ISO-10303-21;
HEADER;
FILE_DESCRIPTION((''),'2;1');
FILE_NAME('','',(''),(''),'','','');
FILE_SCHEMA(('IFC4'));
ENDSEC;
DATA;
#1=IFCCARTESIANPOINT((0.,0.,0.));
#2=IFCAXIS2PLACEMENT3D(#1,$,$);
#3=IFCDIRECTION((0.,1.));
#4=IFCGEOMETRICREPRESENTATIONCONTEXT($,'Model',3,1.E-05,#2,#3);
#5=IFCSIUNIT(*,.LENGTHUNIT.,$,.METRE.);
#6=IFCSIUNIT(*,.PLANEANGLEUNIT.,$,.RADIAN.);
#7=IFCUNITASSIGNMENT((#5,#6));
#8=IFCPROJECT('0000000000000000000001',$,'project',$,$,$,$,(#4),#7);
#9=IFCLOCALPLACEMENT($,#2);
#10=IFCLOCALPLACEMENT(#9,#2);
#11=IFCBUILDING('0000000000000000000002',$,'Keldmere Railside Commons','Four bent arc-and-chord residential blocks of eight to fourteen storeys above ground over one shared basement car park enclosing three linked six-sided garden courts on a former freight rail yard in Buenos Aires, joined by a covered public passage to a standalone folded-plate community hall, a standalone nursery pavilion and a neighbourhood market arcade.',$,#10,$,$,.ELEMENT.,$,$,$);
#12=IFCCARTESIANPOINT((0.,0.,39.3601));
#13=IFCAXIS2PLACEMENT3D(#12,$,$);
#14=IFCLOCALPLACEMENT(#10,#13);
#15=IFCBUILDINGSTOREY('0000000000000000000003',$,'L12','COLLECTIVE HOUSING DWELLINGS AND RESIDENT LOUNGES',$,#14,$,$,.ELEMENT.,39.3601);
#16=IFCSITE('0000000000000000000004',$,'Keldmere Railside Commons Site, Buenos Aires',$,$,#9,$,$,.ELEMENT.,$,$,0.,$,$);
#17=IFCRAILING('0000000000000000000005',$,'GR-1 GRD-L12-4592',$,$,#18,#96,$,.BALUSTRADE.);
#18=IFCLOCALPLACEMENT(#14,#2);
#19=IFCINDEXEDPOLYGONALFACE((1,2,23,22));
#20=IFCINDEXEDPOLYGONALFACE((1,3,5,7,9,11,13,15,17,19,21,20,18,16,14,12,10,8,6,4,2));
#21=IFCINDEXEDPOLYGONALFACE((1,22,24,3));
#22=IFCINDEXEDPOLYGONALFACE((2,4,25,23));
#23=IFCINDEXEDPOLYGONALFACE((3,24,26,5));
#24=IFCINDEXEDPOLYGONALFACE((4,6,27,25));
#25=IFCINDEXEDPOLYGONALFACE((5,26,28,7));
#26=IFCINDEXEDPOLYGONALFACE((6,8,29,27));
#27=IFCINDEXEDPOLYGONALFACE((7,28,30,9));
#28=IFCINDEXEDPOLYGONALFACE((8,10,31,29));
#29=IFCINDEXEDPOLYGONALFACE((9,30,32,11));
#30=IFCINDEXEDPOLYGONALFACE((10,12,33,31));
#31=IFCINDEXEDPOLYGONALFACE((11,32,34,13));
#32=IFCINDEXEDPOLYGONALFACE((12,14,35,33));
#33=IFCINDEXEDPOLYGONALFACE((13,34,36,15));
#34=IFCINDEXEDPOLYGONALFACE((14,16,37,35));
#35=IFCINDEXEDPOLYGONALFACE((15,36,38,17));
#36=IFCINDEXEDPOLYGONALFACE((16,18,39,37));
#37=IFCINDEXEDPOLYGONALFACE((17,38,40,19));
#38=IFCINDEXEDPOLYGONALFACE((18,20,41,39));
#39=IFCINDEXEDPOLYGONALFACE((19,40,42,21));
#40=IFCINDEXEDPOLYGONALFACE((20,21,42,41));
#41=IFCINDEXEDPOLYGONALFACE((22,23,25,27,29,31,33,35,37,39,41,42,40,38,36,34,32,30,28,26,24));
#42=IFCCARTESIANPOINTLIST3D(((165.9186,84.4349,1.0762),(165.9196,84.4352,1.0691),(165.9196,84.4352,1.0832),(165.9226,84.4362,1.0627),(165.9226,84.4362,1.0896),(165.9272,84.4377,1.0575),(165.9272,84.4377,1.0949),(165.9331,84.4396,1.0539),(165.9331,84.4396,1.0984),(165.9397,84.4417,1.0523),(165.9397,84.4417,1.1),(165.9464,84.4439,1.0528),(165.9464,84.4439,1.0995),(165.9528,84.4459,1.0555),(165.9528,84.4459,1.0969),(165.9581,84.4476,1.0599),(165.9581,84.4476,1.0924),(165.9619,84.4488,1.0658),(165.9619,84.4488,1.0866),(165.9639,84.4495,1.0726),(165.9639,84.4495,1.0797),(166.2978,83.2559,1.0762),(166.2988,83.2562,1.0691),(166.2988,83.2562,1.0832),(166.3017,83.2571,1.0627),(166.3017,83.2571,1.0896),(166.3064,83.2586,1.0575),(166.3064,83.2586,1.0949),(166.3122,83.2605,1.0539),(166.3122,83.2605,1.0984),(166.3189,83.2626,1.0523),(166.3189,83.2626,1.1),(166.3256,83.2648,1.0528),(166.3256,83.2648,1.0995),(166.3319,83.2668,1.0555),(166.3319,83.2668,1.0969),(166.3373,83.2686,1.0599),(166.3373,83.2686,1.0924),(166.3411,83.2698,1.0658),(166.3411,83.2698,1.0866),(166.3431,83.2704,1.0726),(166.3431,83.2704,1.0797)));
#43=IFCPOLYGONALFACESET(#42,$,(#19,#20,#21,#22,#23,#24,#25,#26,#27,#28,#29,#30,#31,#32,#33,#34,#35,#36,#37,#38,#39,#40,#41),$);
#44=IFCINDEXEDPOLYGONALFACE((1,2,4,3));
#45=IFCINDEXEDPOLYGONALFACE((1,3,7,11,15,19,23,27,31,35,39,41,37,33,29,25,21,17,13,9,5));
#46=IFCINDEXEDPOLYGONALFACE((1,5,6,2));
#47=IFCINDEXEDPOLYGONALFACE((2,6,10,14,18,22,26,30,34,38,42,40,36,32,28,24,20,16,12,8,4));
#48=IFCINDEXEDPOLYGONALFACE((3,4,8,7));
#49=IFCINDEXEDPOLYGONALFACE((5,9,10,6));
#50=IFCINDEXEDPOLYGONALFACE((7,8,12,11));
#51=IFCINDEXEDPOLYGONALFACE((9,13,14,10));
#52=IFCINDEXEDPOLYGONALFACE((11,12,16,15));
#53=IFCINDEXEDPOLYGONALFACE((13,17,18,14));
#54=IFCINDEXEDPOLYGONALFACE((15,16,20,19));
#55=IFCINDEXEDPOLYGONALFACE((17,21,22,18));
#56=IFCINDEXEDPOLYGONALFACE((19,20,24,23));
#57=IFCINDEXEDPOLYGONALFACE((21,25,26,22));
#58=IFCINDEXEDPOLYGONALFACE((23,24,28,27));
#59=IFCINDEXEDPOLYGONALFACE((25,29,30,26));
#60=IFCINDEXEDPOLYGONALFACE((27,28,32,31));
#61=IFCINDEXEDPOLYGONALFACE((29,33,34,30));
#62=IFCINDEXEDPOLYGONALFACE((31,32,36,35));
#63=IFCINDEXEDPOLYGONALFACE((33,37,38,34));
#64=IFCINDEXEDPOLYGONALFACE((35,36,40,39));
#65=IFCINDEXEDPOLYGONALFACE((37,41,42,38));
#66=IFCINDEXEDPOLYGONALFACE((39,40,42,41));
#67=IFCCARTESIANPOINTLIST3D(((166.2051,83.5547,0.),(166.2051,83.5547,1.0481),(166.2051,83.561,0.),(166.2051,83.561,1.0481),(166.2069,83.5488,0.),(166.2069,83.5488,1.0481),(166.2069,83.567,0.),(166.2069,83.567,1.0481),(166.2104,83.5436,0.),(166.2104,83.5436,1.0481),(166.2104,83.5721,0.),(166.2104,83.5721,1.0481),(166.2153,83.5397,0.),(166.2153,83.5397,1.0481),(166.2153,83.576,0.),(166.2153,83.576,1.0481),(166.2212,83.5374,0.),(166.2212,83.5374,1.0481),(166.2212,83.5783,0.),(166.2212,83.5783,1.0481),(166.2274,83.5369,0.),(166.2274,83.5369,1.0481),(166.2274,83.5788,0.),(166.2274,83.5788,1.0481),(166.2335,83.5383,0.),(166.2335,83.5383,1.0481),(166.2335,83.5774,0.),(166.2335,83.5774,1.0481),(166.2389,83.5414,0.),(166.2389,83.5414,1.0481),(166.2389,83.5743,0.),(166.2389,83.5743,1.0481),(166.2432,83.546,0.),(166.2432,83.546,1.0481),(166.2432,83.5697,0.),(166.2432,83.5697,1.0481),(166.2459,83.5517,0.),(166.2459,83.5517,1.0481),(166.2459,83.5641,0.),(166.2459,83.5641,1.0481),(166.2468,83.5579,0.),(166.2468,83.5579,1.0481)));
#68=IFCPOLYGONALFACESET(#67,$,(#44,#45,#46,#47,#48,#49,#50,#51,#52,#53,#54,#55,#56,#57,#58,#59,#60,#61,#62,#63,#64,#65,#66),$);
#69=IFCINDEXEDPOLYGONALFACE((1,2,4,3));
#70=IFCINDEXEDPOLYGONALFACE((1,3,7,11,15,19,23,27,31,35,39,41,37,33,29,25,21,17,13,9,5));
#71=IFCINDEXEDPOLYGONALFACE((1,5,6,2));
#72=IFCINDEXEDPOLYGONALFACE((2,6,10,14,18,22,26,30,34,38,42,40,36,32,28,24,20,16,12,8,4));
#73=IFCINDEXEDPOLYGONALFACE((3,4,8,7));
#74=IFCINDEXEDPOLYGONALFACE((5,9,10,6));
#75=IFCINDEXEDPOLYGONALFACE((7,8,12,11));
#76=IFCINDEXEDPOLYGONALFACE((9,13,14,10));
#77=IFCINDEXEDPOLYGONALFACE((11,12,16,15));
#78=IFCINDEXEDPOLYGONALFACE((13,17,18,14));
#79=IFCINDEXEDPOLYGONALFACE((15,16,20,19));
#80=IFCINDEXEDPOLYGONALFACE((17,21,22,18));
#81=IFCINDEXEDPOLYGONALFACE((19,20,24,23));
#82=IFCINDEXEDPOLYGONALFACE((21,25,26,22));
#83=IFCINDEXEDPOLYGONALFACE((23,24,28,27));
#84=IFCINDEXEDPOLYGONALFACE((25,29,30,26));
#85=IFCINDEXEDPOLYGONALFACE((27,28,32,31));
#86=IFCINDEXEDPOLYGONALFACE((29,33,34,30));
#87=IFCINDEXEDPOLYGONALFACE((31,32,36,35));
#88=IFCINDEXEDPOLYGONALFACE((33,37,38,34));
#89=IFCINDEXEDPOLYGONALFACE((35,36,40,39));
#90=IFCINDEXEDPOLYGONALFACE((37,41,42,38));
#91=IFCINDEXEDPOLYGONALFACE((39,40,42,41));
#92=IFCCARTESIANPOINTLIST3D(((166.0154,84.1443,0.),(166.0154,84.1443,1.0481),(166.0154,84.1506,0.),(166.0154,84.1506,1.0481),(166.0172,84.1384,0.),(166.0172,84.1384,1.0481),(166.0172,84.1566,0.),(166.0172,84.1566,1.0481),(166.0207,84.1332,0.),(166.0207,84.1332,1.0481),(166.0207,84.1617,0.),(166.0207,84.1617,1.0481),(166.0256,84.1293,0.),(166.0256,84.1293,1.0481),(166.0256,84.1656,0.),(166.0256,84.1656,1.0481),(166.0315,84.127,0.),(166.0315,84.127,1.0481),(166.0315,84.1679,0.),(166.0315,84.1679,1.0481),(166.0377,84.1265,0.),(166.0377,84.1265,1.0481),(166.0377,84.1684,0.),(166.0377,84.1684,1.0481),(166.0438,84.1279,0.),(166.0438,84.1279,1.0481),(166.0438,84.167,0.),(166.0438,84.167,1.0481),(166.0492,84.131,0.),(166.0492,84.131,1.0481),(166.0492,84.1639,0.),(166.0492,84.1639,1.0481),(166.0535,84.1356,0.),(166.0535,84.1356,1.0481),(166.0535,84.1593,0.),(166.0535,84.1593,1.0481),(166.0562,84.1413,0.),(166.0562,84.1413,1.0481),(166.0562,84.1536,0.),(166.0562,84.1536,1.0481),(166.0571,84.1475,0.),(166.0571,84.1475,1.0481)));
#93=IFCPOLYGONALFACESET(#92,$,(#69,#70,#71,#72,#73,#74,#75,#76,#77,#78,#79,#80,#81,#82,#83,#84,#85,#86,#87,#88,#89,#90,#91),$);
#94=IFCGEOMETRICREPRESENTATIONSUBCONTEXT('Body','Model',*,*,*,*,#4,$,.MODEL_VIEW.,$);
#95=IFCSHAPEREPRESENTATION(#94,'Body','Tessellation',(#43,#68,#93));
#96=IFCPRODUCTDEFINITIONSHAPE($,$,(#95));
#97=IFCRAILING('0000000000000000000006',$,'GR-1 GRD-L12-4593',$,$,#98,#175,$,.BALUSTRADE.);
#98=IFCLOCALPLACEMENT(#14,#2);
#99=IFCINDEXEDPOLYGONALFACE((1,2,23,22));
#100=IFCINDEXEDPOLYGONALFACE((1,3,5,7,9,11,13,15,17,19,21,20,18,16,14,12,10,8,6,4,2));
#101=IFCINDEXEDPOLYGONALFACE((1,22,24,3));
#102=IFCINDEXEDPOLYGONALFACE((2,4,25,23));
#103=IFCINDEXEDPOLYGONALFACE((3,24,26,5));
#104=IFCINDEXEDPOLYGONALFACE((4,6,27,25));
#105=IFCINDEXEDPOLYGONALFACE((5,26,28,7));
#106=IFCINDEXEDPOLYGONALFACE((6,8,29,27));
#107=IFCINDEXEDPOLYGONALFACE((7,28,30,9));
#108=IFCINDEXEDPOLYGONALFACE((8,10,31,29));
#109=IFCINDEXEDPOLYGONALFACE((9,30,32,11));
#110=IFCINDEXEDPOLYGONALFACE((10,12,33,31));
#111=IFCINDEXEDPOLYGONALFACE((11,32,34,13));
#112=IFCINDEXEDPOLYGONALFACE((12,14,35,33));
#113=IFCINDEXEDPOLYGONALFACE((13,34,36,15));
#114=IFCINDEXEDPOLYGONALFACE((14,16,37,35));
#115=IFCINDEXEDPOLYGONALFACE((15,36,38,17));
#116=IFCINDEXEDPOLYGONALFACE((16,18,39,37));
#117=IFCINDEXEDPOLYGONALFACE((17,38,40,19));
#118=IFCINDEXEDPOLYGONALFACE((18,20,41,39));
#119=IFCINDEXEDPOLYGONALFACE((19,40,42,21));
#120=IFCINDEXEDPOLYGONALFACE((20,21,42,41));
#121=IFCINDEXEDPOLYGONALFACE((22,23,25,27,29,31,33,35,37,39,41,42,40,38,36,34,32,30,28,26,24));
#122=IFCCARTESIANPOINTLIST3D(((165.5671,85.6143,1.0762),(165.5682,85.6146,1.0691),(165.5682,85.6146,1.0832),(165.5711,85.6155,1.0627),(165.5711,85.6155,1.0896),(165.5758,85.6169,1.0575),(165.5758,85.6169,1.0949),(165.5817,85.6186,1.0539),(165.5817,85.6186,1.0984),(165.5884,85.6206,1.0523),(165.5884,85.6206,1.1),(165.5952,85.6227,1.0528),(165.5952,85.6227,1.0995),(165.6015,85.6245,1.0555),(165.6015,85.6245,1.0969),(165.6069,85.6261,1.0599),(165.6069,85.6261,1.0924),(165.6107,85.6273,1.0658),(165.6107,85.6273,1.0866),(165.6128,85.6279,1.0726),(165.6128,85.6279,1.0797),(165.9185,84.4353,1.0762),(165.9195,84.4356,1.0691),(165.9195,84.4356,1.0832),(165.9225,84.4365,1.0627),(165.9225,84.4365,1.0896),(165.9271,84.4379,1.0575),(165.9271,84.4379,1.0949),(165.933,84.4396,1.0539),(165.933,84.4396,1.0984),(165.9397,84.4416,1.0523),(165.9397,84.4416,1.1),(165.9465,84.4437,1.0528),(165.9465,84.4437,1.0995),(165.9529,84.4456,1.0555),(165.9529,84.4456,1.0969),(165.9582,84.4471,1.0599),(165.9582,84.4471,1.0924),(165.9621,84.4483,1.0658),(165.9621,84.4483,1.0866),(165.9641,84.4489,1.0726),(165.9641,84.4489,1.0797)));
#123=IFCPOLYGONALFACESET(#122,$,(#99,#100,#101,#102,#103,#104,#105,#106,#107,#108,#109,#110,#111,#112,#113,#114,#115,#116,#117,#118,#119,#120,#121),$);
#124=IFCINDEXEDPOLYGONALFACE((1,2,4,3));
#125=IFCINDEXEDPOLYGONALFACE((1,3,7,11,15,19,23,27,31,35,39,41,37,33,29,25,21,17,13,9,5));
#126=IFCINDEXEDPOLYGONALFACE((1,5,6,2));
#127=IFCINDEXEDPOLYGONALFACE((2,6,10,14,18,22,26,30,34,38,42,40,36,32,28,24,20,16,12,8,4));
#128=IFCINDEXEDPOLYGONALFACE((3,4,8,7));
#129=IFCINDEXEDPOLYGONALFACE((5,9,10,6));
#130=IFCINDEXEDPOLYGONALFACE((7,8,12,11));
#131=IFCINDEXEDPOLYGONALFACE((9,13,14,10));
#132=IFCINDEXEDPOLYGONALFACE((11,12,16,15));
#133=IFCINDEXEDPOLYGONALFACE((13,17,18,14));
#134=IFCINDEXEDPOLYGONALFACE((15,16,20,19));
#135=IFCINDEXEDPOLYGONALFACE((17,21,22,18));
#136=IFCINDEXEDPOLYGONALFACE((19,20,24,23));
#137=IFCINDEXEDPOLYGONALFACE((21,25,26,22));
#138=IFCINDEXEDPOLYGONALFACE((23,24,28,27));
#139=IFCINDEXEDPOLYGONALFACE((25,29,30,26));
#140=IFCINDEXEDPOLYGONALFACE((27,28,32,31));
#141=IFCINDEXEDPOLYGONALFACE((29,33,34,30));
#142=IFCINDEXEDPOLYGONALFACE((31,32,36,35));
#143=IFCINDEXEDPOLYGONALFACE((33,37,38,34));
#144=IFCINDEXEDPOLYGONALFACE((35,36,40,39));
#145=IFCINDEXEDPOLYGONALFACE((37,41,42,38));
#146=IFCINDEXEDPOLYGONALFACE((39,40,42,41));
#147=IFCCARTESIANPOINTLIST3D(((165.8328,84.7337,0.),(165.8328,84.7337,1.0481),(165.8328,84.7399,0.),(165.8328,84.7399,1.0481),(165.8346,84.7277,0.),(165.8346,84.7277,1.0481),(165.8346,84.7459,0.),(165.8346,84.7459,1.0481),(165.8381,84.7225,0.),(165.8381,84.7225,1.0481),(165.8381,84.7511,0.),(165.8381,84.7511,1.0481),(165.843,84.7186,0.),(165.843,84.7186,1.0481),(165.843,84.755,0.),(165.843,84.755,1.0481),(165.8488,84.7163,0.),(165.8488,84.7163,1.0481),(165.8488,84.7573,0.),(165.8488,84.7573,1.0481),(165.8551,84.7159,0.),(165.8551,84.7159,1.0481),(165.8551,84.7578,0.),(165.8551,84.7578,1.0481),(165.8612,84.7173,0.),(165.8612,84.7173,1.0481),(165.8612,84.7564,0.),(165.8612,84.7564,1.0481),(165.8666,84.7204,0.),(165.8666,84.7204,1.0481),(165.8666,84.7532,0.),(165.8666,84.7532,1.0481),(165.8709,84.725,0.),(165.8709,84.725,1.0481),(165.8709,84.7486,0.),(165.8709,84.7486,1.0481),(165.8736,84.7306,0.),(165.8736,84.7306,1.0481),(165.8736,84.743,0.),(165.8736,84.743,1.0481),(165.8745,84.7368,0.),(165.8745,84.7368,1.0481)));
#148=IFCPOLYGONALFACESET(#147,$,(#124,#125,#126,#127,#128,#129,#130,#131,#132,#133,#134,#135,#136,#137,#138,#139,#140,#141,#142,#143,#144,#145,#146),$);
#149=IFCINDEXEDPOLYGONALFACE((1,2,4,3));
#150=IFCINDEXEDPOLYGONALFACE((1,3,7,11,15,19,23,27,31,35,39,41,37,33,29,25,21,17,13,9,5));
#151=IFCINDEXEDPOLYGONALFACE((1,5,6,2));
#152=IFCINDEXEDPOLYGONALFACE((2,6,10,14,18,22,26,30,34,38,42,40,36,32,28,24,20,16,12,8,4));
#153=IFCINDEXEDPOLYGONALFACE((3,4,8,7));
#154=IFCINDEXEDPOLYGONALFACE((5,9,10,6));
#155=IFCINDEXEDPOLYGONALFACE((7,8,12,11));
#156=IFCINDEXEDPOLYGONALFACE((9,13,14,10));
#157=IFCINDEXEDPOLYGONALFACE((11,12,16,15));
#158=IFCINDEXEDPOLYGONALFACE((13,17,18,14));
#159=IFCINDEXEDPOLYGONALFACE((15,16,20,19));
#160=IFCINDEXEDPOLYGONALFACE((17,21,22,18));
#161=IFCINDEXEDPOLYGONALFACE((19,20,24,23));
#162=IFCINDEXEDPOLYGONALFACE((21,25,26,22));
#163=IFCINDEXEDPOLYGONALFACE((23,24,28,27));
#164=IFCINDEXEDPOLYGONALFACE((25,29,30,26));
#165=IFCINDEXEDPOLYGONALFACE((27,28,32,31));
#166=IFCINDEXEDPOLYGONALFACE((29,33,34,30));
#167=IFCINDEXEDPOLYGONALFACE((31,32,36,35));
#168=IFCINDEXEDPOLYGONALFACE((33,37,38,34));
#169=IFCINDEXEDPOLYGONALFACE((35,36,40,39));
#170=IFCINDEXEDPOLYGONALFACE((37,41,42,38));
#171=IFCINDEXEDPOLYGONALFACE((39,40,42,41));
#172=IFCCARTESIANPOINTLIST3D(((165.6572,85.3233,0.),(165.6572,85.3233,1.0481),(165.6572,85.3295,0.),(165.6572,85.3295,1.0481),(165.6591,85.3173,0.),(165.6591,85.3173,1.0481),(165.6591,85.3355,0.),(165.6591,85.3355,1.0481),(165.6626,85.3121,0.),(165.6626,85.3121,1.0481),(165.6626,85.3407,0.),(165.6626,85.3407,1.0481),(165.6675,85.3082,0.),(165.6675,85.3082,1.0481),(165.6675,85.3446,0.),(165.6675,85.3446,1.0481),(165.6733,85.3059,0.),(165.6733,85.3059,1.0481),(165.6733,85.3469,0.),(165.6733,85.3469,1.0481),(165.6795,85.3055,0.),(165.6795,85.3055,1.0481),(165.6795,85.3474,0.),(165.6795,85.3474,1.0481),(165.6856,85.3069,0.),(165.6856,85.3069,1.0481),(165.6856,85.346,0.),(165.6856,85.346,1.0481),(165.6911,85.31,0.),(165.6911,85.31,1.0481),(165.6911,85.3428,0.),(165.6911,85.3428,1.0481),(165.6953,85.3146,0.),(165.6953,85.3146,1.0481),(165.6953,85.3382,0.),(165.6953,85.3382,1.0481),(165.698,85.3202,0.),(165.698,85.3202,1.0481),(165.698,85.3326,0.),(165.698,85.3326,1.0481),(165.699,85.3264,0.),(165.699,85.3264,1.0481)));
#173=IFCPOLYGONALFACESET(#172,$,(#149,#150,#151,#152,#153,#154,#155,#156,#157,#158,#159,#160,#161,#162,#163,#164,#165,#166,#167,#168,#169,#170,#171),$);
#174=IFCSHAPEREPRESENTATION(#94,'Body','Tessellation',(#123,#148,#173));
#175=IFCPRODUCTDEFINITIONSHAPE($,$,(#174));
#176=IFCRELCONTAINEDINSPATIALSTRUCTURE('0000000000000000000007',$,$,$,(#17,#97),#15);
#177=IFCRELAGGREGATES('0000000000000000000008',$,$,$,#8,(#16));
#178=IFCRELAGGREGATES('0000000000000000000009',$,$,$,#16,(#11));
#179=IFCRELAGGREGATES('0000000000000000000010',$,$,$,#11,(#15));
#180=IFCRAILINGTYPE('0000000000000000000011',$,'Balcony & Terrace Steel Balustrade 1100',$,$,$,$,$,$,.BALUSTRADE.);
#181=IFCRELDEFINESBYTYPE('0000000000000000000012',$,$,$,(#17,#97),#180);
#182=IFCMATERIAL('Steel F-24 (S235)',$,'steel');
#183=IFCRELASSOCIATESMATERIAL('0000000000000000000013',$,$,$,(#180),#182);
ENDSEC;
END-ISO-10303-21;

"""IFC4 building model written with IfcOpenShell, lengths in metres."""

from ifc_helpers import new_model, si_unit, direction, frame, origin, origin_2d, place, context, subcontext, project, spatial, circle, extrude, material, type_object, element, save


model = new_model("IFC4")

# Units and contexts
model_context = context("Model", 3, precision=1e-05, world=origin(), true_north=direction((0.0, 1.0)))
body_context = subcontext(model_context, "Body", "Model", "MODEL_VIEW")
ifc_project = project(units=[si_unit("LENGTHUNIT", "METRE"), si_unit("PLANEANGLEUNIT", "RADIAN")], contexts=[model_context])

# Site, building, storey
site_placement = place(None, origin())
site = spatial("IfcSite", under=ifc_project, at=site_placement, Name="Keldmere Railside Commons Site, Buenos Aires", CompositionType="ELEMENT", RefElevation=0.0)
building_placement = place(site_placement, origin())
building = spatial("IfcBuilding", under=site, at=building_placement, Name="Keldmere Railside Commons", Description="Four bent arc-and-chord residential blocks of eight to fourteen storeys above ground over one shared basement car park enclosing three linked six-sided garden courts on a former freight rail yard in Buenos Aires, joined by a covered public passage to a standalone folded-plate community hall, a standalone nursery pavilion and a neighbourhood market arcade.", CompositionType="ELEMENT")
storey_placement = place(building_placement, frame((0.0, 0.0, 39.3601)))
storey = spatial("IfcBuildingStorey", under=building, at=storey_placement, Name="L12", Description="COLLECTIVE HOUSING DWELLINGS AND RESIDENT LOUNGES", CompositionType="ELEMENT", Elevation=39.3601)

# Railings
ifc_material_1 = material(Name="Steel F-24 (S235)", Category="steel")
railing_type = type_object("IfcRailingType", Name="Balcony & Terrace Steel Balustrade 1100", PredefinedType="BALUSTRADE", material=ifc_material_1)
railing_1_placement = place(storey_placement, frame((166.3206, 83.2632, 0.0)))
element("IfcRailing", 1, at=railing_1_placement, inside=storey, type_object=railing_type, Name="GR-1 GRD-L12-4592", PredefinedType="BALUSTRADE", context=body_context, shape_type="SweptSolid", body=[
    extrude(circle(Radius=0.0239, at=origin_2d()), frame((0.0, 0.0, 1.0762), z_axis=(-0.306156, 0.951981, 0.0), x_axis=(-0.951981, -0.306156, 0.0)), (0.0, 0.0, 1.0), 1.2385),
    extrude(circle(Radius=0.021, at=origin_2d()), frame((-0.0947, 0.2947, 0.0)), (0.0, 0.0, 1.0), 1.0481),
    extrude(circle(Radius=0.021, at=origin_2d()), frame((-0.2844, 0.8843, 0.0)), (0.0, 0.0, 1.0), 1.0481),
])
railing_2_placement = place(storey_placement, frame((165.9414, 84.4421, 0.0)))
element("IfcRailing", 2, at=railing_2_placement, inside=storey, type_object=railing_type, Name="GR-1 GRD-L12-4593", PredefinedType="BALUSTRADE", context=body_context, shape_type="SweptSolid", body=[
    extrude(circle(Radius=0.0239, at=origin_2d()), frame((0.0, 0.0, 1.0762), z_axis=(-0.285581, 0.958354, 0.0), x_axis=(-0.958354, -0.285581, 0.0)), (0.0, 0.0, 1.0), 1.2302),
    extrude(circle(Radius=0.021, at=origin_2d()), frame((-0.0879, 0.2947, 0.0)), (0.0, 0.0, 1.0), 1.0481),
    extrude(circle(Radius=0.021, at=origin_2d()), frame((-0.2634, 0.8843, 0.0)), (0.0, 0.0, 1.0), 1.0481),
])

save(model, "model.ifc")
